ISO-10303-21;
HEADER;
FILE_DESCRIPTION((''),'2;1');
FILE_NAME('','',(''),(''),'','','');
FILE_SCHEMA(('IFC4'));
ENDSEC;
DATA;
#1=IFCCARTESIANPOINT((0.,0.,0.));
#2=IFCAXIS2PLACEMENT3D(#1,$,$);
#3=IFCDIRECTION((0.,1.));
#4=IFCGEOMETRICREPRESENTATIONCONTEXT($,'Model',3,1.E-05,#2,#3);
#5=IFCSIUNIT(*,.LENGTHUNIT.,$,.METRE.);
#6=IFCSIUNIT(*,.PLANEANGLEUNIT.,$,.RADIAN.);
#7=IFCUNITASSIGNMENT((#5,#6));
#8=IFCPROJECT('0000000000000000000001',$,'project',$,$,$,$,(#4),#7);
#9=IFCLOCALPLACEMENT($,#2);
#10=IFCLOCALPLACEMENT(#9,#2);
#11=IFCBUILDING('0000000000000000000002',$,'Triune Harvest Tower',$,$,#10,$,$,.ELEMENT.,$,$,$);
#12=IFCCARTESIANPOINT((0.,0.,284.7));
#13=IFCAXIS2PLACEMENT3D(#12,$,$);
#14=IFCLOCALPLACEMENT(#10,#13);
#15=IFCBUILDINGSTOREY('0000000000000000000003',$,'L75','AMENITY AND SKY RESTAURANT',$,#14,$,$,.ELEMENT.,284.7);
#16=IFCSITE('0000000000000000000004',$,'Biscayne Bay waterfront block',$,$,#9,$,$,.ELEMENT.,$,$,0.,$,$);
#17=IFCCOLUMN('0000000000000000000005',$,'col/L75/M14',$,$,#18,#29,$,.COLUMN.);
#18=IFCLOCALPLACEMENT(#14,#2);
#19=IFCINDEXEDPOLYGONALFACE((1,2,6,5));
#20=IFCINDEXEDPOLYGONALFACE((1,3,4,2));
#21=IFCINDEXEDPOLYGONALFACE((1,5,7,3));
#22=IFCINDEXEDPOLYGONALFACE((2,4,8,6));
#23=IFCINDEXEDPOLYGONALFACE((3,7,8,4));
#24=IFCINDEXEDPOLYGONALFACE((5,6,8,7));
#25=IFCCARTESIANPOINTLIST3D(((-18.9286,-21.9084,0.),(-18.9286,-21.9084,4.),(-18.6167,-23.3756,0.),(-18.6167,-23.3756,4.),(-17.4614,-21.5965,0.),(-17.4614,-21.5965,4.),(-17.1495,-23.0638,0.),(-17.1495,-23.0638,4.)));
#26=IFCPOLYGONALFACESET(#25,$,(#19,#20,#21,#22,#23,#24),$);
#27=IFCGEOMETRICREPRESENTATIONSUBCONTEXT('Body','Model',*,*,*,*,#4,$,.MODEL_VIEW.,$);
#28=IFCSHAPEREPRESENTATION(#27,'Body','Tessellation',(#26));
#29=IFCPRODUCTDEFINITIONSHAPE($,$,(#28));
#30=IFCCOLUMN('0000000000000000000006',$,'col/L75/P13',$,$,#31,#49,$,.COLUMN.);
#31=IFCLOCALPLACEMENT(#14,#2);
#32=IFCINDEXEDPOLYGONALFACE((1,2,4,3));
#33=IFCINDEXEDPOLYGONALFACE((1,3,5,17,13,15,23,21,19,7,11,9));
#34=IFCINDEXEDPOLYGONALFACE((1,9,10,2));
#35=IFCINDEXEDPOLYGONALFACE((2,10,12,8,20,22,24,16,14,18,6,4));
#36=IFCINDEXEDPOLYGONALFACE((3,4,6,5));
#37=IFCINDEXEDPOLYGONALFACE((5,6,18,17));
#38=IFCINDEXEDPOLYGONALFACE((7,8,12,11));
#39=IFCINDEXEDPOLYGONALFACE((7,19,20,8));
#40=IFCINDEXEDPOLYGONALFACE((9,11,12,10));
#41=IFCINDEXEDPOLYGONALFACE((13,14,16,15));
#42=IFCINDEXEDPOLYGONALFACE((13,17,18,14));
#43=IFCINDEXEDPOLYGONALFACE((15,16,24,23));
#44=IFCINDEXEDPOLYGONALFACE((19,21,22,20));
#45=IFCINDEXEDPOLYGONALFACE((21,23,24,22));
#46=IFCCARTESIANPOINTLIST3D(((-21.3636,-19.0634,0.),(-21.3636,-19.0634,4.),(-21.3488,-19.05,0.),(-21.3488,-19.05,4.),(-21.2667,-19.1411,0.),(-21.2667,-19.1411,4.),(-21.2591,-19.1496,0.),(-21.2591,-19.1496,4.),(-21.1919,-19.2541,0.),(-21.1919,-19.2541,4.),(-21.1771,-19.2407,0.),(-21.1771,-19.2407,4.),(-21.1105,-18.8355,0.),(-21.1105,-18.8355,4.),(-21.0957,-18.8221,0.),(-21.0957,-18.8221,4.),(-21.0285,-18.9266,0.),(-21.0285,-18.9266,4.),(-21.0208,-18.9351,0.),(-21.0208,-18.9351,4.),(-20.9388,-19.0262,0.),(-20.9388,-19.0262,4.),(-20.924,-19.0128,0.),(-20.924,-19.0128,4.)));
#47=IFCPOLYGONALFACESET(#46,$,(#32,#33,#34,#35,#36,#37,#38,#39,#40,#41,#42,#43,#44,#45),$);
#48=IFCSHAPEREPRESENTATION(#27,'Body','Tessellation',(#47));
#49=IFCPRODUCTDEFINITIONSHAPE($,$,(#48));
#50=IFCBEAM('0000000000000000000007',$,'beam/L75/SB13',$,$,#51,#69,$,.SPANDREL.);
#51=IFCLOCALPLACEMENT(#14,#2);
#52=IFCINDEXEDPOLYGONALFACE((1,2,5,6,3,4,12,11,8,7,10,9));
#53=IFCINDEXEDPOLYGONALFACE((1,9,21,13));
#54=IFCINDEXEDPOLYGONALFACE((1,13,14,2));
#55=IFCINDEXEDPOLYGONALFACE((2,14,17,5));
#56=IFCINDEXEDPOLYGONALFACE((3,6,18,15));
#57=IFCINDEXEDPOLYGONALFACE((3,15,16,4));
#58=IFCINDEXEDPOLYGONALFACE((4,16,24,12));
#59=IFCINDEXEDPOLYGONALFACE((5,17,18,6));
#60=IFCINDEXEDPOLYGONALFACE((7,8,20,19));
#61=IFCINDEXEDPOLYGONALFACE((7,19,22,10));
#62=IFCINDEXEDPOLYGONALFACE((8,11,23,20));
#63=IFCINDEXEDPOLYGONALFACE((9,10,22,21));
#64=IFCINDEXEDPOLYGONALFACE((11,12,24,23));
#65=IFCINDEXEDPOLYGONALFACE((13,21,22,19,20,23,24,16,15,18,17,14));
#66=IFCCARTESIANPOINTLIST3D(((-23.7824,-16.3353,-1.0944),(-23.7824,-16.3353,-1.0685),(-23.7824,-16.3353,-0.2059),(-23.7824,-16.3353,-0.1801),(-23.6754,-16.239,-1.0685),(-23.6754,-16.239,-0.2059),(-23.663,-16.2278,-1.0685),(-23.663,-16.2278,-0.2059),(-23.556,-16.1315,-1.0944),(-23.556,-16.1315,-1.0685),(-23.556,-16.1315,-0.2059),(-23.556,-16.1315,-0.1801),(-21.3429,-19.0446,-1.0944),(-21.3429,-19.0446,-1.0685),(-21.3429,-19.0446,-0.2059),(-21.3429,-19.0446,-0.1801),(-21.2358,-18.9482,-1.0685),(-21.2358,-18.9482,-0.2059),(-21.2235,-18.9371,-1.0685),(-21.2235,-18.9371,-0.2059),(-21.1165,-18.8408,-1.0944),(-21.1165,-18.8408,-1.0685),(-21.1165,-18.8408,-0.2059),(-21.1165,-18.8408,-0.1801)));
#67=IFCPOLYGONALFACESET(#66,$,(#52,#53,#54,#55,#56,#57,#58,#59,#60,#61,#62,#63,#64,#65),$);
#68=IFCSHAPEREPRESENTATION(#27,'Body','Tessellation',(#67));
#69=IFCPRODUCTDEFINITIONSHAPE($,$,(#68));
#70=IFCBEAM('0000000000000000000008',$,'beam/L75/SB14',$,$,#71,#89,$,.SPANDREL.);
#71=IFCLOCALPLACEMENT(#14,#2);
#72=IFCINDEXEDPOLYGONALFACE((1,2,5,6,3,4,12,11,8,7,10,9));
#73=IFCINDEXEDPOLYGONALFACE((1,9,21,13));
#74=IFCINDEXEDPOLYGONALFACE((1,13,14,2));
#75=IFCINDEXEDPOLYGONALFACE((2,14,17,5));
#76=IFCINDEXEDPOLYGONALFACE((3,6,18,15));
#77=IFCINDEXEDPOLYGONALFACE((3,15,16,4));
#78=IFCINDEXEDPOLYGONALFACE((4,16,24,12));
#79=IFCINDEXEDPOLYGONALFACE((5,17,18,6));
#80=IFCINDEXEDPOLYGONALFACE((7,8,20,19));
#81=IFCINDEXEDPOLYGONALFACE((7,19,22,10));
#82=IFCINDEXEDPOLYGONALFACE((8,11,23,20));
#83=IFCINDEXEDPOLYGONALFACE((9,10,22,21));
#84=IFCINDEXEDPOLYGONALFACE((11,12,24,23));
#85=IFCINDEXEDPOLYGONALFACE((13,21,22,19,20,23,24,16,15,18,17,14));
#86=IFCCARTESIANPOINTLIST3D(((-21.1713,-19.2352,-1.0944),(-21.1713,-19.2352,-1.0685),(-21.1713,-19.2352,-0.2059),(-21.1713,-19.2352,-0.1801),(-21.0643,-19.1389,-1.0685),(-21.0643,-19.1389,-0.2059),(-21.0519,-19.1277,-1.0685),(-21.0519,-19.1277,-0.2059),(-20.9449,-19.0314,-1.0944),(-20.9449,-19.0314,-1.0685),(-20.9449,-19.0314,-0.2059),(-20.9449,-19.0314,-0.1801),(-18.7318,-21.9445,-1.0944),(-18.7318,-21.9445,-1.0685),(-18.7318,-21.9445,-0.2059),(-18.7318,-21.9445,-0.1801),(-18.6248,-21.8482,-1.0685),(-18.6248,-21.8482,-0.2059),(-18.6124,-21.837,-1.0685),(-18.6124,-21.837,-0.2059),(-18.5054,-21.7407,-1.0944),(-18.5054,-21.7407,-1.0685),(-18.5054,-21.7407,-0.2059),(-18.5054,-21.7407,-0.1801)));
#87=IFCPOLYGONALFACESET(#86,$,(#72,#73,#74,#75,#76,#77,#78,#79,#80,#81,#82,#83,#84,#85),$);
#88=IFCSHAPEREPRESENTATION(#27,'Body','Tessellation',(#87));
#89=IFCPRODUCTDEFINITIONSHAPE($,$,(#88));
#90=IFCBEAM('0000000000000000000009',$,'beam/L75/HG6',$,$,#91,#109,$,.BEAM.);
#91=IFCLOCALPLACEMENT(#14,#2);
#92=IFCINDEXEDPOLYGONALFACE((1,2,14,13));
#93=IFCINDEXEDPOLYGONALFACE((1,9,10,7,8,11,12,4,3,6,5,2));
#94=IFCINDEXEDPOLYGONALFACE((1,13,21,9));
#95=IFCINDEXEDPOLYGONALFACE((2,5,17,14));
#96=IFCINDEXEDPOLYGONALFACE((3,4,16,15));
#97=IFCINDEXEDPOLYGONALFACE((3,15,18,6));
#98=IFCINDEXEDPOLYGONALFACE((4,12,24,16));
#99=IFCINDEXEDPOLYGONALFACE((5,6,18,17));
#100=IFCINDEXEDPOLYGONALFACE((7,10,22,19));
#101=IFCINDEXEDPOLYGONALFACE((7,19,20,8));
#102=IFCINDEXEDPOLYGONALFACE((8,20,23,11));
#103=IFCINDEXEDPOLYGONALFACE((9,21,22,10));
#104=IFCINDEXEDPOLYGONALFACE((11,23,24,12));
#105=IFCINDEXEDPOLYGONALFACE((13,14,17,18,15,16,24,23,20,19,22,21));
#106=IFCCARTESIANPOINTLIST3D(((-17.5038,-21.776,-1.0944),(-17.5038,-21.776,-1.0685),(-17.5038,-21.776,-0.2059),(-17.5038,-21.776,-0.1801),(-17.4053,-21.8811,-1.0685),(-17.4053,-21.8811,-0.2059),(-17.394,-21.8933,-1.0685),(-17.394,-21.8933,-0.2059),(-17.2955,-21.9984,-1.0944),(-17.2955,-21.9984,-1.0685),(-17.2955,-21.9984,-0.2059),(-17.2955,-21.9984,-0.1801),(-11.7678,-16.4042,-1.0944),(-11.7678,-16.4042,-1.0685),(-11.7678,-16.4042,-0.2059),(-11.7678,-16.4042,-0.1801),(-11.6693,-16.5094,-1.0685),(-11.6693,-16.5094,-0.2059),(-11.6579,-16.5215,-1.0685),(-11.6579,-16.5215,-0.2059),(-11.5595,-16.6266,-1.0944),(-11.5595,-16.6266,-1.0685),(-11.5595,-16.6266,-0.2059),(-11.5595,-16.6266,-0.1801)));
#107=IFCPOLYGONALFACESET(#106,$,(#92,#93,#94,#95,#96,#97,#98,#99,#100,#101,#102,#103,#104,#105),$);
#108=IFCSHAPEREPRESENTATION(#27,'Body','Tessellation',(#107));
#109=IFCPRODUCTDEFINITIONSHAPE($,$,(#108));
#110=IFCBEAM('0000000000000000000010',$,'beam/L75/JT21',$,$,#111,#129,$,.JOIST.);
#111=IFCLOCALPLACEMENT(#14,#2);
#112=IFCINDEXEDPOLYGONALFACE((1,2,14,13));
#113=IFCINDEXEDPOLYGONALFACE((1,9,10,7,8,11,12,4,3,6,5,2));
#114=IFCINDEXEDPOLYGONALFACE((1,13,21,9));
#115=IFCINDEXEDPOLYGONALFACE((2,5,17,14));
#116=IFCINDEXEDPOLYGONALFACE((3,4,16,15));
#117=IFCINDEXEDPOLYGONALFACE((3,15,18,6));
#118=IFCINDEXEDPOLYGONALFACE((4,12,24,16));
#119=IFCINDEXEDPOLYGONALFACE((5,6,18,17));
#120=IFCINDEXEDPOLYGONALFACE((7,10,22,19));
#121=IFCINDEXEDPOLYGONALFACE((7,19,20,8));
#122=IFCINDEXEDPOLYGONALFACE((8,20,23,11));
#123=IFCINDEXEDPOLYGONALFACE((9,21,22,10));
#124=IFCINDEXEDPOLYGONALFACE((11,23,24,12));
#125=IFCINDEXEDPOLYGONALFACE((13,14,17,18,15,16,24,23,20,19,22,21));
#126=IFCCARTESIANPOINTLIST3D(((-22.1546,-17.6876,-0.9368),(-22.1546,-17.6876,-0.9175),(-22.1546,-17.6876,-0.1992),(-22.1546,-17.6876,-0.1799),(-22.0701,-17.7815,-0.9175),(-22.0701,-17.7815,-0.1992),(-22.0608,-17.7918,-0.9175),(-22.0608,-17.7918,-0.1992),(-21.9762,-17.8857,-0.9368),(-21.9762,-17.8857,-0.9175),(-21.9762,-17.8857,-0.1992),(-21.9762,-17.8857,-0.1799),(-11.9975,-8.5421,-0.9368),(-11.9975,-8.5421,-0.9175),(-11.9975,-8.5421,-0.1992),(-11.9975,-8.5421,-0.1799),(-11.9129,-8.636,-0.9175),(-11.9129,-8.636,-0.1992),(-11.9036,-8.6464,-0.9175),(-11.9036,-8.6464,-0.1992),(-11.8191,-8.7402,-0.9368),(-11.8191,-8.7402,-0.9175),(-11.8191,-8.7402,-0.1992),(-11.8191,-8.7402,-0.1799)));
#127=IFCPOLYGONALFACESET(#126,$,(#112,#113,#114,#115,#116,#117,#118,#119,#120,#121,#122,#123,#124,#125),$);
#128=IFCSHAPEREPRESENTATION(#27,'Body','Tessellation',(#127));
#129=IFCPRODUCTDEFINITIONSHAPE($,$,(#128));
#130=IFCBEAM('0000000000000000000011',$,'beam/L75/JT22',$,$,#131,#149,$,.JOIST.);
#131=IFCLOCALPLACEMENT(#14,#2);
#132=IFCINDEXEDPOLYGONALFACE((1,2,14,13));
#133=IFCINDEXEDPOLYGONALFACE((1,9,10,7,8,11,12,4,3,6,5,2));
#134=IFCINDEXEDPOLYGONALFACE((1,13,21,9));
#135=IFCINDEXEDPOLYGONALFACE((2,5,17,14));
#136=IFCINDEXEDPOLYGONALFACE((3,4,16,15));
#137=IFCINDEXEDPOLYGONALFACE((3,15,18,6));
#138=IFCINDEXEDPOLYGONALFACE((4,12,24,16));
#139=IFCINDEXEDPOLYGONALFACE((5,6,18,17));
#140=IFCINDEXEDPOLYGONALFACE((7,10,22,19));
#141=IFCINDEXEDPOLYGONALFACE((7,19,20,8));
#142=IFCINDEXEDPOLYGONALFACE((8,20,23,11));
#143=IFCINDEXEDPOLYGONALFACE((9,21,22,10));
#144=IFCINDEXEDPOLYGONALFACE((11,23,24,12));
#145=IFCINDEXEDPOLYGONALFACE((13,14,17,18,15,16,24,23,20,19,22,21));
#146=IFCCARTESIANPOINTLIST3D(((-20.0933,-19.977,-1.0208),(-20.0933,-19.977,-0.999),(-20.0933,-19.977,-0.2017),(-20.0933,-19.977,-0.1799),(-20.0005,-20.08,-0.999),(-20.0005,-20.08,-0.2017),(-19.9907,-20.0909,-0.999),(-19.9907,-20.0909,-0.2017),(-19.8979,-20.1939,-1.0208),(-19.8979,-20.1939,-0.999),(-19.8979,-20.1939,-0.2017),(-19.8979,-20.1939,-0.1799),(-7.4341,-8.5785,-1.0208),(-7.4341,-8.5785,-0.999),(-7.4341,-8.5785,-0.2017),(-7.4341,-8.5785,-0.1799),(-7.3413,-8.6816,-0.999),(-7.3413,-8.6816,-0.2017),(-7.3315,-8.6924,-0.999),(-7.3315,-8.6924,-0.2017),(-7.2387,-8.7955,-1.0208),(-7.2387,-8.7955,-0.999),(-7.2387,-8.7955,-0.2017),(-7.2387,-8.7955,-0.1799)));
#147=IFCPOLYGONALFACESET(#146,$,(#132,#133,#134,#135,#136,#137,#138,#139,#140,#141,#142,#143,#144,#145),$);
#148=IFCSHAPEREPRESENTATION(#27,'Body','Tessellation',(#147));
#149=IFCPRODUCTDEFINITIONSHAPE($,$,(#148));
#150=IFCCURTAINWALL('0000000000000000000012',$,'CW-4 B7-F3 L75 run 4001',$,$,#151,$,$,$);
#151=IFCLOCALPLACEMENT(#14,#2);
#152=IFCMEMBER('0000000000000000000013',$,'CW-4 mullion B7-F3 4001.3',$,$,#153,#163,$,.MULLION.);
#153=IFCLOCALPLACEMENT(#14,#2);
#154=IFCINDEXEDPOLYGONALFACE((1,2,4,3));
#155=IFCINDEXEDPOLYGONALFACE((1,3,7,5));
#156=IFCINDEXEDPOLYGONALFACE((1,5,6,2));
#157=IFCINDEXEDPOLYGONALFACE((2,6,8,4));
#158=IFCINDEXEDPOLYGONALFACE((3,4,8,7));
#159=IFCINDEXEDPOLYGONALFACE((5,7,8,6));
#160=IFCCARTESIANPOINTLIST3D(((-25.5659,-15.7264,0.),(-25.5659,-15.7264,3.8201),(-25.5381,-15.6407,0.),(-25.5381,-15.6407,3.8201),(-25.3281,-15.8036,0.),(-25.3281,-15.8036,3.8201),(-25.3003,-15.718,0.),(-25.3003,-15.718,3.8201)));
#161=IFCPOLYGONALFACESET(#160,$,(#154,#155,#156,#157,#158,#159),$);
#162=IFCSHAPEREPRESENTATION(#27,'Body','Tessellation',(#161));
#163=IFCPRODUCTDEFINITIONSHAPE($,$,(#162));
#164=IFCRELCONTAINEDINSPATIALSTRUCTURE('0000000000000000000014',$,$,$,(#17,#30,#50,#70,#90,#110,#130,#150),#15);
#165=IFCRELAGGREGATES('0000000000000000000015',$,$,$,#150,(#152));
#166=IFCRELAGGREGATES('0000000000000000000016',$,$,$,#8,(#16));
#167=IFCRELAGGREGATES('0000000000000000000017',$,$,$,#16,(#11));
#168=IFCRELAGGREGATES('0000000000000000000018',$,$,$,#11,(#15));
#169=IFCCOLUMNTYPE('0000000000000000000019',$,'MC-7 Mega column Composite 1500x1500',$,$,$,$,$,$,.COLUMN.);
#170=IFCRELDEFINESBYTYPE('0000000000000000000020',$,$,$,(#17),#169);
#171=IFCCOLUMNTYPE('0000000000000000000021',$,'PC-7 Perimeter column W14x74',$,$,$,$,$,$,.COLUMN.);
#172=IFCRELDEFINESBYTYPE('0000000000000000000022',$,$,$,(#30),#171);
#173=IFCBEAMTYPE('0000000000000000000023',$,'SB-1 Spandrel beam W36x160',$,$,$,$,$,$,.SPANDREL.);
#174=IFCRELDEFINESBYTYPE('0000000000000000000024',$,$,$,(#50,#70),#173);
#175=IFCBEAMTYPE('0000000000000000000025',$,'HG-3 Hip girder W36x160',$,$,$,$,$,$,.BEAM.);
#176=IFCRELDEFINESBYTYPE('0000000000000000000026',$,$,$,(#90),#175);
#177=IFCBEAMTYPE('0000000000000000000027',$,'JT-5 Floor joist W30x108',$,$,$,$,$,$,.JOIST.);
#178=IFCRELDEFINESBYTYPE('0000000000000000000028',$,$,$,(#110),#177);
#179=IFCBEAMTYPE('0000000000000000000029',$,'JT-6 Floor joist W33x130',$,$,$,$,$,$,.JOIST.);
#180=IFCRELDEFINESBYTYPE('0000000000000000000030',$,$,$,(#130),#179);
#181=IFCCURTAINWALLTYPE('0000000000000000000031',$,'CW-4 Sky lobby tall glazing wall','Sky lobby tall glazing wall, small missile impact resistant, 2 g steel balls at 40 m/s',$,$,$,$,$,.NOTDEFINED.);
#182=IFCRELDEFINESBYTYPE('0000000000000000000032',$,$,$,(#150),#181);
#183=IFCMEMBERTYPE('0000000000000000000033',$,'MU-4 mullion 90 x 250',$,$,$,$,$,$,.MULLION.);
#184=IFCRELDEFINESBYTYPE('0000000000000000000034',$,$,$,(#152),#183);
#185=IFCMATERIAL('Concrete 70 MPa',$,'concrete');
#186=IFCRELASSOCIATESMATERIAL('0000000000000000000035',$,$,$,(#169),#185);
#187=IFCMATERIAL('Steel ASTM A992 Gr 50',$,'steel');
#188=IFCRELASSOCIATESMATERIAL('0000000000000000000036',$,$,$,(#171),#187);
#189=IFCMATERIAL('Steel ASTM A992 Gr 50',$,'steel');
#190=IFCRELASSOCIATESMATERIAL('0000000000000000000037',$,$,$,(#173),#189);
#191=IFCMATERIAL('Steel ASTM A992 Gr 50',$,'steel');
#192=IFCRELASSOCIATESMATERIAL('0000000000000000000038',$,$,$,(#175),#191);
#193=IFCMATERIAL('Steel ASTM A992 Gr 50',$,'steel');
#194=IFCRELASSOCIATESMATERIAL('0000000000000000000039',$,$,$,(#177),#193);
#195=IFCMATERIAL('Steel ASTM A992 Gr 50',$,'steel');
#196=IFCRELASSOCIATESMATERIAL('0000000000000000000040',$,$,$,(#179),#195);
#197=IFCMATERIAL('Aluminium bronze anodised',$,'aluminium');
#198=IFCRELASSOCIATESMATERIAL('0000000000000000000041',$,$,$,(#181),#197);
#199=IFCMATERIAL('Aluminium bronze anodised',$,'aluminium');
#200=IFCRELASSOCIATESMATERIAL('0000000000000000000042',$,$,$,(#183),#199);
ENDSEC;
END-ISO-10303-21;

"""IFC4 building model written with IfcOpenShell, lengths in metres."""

from ifc_helpers import new_model, si_unit, direction, frame, origin, origin_2d, place, context, subcontext, project, spatial, rectangle, i_section, extrude, source, transform, mapped, material, material_profile, profile_set, type_object, element, aggregate, save


model = new_model("IFC4")

# Units and contexts
model_context = context("Model", 3, precision=1e-05, world=origin(), true_north=direction((0.0, 1.0)))
body_context = subcontext(model_context, "Body", "Model", "MODEL_VIEW")
ifc_project = project(units=[si_unit("LENGTHUNIT", "METRE"), si_unit("PLANEANGLEUNIT", "RADIAN")], contexts=[model_context])

# Site, building, storey
site_placement = place(None, origin())
site = spatial("IfcSite", under=ifc_project, at=site_placement, Name="Biscayne Bay waterfront block", CompositionType="ELEMENT", RefElevation=0.0)
building_placement = place(site_placement, origin())
building = spatial("IfcBuilding", under=site, at=building_placement, Name="Triune Harvest Tower", CompositionType="ELEMENT")
storey_placement = place(building_placement, frame((0.0, 0.0, 284.7)))
storey = spatial("IfcBuildingStorey", under=building, at=storey_placement, Name="L75", Description="AMENITY AND SKY RESTAURANT", CompositionType="ELEMENT", Elevation=284.7)

# Columns
ifc_material_1 = material(Name="Concrete 70 MPa", Category="concrete")
ifc_material_profile_1 = material_profile(ifc_material_1, rectangle(XDim=1.5, YDim=1.5, at=origin_2d()), Name="Composite 1500x1500")
ifc_profile_set_1 = profile_set([ifc_material_profile_1], Name="Concrete 70 MPa")
column_type_1 = type_object("IfcColumnType", Name="MC-7 Mega column Composite 1500x1500", PredefinedType="COLUMN", material=ifc_profile_set_1)
shared_shape_1 = source(origin(), body_context, "Body", "SweptSolid", [
    extrude(rectangle(XDim=1.5, YDim=1.5, at=origin_2d()), origin(), (0.0, 0.0, 1.0), 4.0),
])
column_1_placement = place(storey_placement, frame((-18.0391, -22.4861, 0.0), z_axis=(0.0, 0.0, 1.0), x_axis=(0.978147, 0.207913, 0.0)))
element("IfcColumn", 1, at=column_1_placement, inside=storey, type_object=column_type_1, Name="col/L75/M14", PredefinedType="COLUMN", context=body_context, shape_type="MappedRepresentation", body=[
    mapped(shared_shape_1, transform((0.0, 0.0, 0.0), scale=1.0)),
])
ifc_material_2 = material(Name="Steel ASTM A992 Gr 50", Category="steel")
ifc_material_profile_2 = material_profile(ifc_material_2, i_section(OverallWidth=0.2566, OverallDepth=0.3606, WebThickness=0.0115, FlangeThickness=0.02, at=origin_2d()), Name="W14x74")
ifc_profile_set_2 = profile_set([ifc_material_profile_2], Name="Steel ASTM A992 Gr 50")
column_type_2 = type_object("IfcColumnType", Name="PC-7 Perimeter column W14x74", PredefinedType="COLUMN", material=ifc_profile_set_2)
shared_shape_2 = source(origin(), body_context, "Body", "SweptSolid", [
    extrude(i_section(OverallWidth=0.2566, OverallDepth=0.3606, WebThickness=0.0115, FlangeThickness=0.02, at=origin_2d()), origin(), (0.0, 0.0, 1.0), 4.0),
])
column_2_placement = place(storey_placement, frame((-21.1438, -19.0381, 0.0), z_axis=(0.0, 0.0, 1.0), x_axis=(0.669129, -0.743146, 0.0)))
element("IfcColumn", 2, at=column_2_placement, inside=storey, type_object=column_type_2, Name="col/L75/P13", PredefinedType="COLUMN", context=body_context, shape_type="MappedRepresentation", body=[
    mapped(shared_shape_2, transform((0.0, 0.0, 0.0), scale=1.0)),
])

# Beams
ifc_material_3 = material(Name="Steel ASTM A992 Gr 50", Category="steel")
ifc_material_profile_3 = material_profile(ifc_material_3, i_section(OverallWidth=0.3047, OverallDepth=0.9143, WebThickness=0.0166, FlangeThickness=0.0259, at=origin_2d()), Name="W36x160")
ifc_profile_set_3 = profile_set([ifc_material_profile_3], Name="Steel ASTM A992 Gr 50")
beam_type_1 = type_object("IfcBeamType", Name="SB-1 Spandrel beam W36x160", PredefinedType="SPANDREL", material=ifc_profile_set_3)
shared_shape_3 = source(origin(), body_context, "Body", "SweptSolid", [
    extrude(i_section(OverallWidth=0.3047, OverallDepth=0.9143, WebThickness=0.0166, FlangeThickness=0.0259, at=origin_2d()), origin(), (0.0, 0.0, 1.0), 3.6458),
])
for number, where, z_axis, x_axis, name in (
    (3, (-23.6692, -16.2334, -0.6372), (0.669139, -0.743138, 0.0), (0.743138, 0.669139, 0.0), "beam/L75/SB13"),
    (4, (-21.0581, -19.1333, -0.6372), (0.669139, -0.743138, 0.0), (0.743138, 0.669139, 0.0), "beam/L75/SB14"),
):
    element("IfcBeam", number, at=place(storey_placement, frame(where, z_axis=z_axis, x_axis=x_axis)), inside=storey, type_object=beam_type_1, Name=name, PredefinedType="SPANDREL", context=body_context, shape_type="MappedRepresentation", body=[
        mapped(shared_shape_3, transform((0.0, 0.0, 0.0), scale=1.0)),
    ])
ifc_material_4 = material(Name="Steel ASTM A992 Gr 50", Category="steel")
ifc_material_profile_4 = material_profile(ifc_material_4, i_section(OverallWidth=0.3047, OverallDepth=0.9143, WebThickness=0.0166, FlangeThickness=0.0259, at=origin_2d()), Name="W36x160")
ifc_profile_set_4 = profile_set([ifc_material_profile_4], Name="Steel ASTM A992 Gr 50")
beam_type_2 = type_object("IfcBeamType", Name="HG-3 Hip girder W36x160", PredefinedType="BEAM", material=ifc_profile_set_4)
shared_shape_4 = source(origin(), body_context, "Body", "SweptSolid", [
    extrude(i_section(OverallWidth=0.3047, OverallDepth=0.9143, WebThickness=0.0166, FlangeThickness=0.0259, at=origin_2d()), origin(), (0.0, 0.0, 1.0), 7.8586),
])
beam_1_placement = place(storey_placement, frame((-17.3997, -21.8872, -0.6372), z_axis=(0.729902, 0.683551, 0.0), x_axis=(-0.683551, 0.729902, 0.0)))
element("IfcBeam", 5, at=beam_1_placement, inside=storey, type_object=beam_type_2, Name="beam/L75/HG6", PredefinedType="BEAM", context=body_context, shape_type="MappedRepresentation", body=[
    mapped(shared_shape_4, transform((0.0, 0.0, 0.0), scale=1.0)),
])
ifc_material_5 = material(Name="Steel ASTM A992 Gr 50", Category="steel")
ifc_material_profile_5 = material_profile(ifc_material_5, i_section(OverallWidth=0.2666, OverallDepth=0.7568, WebThickness=0.0139, FlangeThickness=0.0193, at=origin_2d()), Name="W30x108")
ifc_profile_set_5 = profile_set([ifc_material_profile_5], Name="Steel ASTM A992 Gr 50")
beam_type_3 = type_object("IfcBeamType", Name="JT-5 Floor joist W30x108", PredefinedType="JOIST", material=ifc_profile_set_5)
shared_shape_5 = source(origin(), body_context, "Body", "SweptSolid", [
    extrude(i_section(OverallWidth=0.2666, OverallDepth=0.7568, WebThickness=0.0139, FlangeThickness=0.0193, at=origin_2d()), origin(), (0.0, 0.0, 1.0), 13.6677),
])
beam_2_placement = place(storey_placement, frame((-22.0654, -17.7866, -0.5583), z_axis=(0.743148, 0.669127, 0.0), x_axis=(-0.669127, 0.743148, 0.0)))
element("IfcBeam", 6, at=beam_2_placement, inside=storey, type_object=beam_type_3, Name="beam/L75/JT21", PredefinedType="JOIST", context=body_context, shape_type="MappedRepresentation", body=[
    mapped(shared_shape_5, transform((0.0, 0.0, 0.0), scale=1.0)),
])
ifc_material_6 = material(Name="Steel ASTM A992 Gr 50", Category="steel")
ifc_material_profile_6 = material_profile(ifc_material_6, i_section(OverallWidth=0.292, OverallDepth=0.8408, WebThickness=0.0146, FlangeThickness=0.0217, at=origin_2d()), Name="W33x130")
ifc_profile_set_6 = profile_set([ifc_material_profile_6], Name="Steel ASTM A992 Gr 50")
beam_type_4 = type_object("IfcBeamType", Name="JT-6 Floor joist W33x130", PredefinedType="JOIST", material=ifc_profile_set_6)
shared_shape_6 = source(origin(), body_context, "Body", "SweptSolid", [
    extrude(i_section(OverallWidth=0.292, OverallDepth=0.8408, WebThickness=0.0146, FlangeThickness=0.0217, at=origin_2d()), origin(), (0.0, 0.0, 1.0), 17.0347),
])
beam_3_placement = place(storey_placement, frame((-19.9956, -20.0854, -0.6003), z_axis=(0.743143, 0.669133, 0.0), x_axis=(-0.669133, 0.743143, 0.0)))
element("IfcBeam", 7, at=beam_3_placement, inside=storey, type_object=beam_type_4, Name="beam/L75/JT22", PredefinedType="JOIST", context=body_context, shape_type="MappedRepresentation", body=[
    mapped(shared_shape_6, transform((0.0, 0.0, 0.0), scale=1.0)),
])

# Curtain wall, member
ifc_material_7 = material(Name="Aluminium bronze anodised", Category="aluminium")
curtain_wall_type = type_object("IfcCurtainWallType", Name="CW-4 Sky lobby tall glazing wall", Description="Sky lobby tall glazing wall, small missile impact resistant, 2 g steel balls at 40 m/s", PredefinedType="NOTDEFINED", material=ifc_material_7)
curtain_wall_1_placement = place(storey_placement, origin())
curtain_wall_1 = element("IfcCurtainWall", 8, at=curtain_wall_1_placement, inside=storey, type_object=curtain_wall_type, Name="CW-4 B7-F3 L75 run 4001")
ifc_material_8 = material(Name="Aluminium bronze anodised", Category="aluminium")
ifc_material_profile_7 = material_profile(ifc_material_8, rectangle(XDim=0.25, YDim=0.0901, at=origin_2d()), Name="MU-4 mullion 90 x 250")
ifc_profile_set_7 = profile_set([ifc_material_profile_7], Name="Aluminium bronze anodised")
member_type_1 = type_object("IfcMemberType", Name="MU-4 mullion 90 x 250", PredefinedType="MULLION", material=ifc_profile_set_7)
shared_shape_7 = source(origin(), body_context, "Body", "SweptSolid", [
    extrude(rectangle(XDim=0.25, YDim=0.0901, at=origin_2d()), origin(), (0.0, 0.0, 1.0), 3.8201),
])
member_1_placement = place(storey_placement, frame((-25.4331, -15.7222, 0.0), z_axis=(0.0, 0.0, 1.0), x_axis=(0.951058, -0.309013, 0.0)))
member_1 = element("IfcMember", 9, at=member_1_placement, type_object=member_type_1, Name="CW-4 mullion B7-F3 4001.3", PredefinedType="MULLION", context=body_context, shape_type="MappedRepresentation", body=[
    mapped(shared_shape_7, transform((0.0, 0.0, 0.0), scale=1.0)),
])
aggregate(curtain_wall_1, [member_1])

save(model, "model.ifc")
